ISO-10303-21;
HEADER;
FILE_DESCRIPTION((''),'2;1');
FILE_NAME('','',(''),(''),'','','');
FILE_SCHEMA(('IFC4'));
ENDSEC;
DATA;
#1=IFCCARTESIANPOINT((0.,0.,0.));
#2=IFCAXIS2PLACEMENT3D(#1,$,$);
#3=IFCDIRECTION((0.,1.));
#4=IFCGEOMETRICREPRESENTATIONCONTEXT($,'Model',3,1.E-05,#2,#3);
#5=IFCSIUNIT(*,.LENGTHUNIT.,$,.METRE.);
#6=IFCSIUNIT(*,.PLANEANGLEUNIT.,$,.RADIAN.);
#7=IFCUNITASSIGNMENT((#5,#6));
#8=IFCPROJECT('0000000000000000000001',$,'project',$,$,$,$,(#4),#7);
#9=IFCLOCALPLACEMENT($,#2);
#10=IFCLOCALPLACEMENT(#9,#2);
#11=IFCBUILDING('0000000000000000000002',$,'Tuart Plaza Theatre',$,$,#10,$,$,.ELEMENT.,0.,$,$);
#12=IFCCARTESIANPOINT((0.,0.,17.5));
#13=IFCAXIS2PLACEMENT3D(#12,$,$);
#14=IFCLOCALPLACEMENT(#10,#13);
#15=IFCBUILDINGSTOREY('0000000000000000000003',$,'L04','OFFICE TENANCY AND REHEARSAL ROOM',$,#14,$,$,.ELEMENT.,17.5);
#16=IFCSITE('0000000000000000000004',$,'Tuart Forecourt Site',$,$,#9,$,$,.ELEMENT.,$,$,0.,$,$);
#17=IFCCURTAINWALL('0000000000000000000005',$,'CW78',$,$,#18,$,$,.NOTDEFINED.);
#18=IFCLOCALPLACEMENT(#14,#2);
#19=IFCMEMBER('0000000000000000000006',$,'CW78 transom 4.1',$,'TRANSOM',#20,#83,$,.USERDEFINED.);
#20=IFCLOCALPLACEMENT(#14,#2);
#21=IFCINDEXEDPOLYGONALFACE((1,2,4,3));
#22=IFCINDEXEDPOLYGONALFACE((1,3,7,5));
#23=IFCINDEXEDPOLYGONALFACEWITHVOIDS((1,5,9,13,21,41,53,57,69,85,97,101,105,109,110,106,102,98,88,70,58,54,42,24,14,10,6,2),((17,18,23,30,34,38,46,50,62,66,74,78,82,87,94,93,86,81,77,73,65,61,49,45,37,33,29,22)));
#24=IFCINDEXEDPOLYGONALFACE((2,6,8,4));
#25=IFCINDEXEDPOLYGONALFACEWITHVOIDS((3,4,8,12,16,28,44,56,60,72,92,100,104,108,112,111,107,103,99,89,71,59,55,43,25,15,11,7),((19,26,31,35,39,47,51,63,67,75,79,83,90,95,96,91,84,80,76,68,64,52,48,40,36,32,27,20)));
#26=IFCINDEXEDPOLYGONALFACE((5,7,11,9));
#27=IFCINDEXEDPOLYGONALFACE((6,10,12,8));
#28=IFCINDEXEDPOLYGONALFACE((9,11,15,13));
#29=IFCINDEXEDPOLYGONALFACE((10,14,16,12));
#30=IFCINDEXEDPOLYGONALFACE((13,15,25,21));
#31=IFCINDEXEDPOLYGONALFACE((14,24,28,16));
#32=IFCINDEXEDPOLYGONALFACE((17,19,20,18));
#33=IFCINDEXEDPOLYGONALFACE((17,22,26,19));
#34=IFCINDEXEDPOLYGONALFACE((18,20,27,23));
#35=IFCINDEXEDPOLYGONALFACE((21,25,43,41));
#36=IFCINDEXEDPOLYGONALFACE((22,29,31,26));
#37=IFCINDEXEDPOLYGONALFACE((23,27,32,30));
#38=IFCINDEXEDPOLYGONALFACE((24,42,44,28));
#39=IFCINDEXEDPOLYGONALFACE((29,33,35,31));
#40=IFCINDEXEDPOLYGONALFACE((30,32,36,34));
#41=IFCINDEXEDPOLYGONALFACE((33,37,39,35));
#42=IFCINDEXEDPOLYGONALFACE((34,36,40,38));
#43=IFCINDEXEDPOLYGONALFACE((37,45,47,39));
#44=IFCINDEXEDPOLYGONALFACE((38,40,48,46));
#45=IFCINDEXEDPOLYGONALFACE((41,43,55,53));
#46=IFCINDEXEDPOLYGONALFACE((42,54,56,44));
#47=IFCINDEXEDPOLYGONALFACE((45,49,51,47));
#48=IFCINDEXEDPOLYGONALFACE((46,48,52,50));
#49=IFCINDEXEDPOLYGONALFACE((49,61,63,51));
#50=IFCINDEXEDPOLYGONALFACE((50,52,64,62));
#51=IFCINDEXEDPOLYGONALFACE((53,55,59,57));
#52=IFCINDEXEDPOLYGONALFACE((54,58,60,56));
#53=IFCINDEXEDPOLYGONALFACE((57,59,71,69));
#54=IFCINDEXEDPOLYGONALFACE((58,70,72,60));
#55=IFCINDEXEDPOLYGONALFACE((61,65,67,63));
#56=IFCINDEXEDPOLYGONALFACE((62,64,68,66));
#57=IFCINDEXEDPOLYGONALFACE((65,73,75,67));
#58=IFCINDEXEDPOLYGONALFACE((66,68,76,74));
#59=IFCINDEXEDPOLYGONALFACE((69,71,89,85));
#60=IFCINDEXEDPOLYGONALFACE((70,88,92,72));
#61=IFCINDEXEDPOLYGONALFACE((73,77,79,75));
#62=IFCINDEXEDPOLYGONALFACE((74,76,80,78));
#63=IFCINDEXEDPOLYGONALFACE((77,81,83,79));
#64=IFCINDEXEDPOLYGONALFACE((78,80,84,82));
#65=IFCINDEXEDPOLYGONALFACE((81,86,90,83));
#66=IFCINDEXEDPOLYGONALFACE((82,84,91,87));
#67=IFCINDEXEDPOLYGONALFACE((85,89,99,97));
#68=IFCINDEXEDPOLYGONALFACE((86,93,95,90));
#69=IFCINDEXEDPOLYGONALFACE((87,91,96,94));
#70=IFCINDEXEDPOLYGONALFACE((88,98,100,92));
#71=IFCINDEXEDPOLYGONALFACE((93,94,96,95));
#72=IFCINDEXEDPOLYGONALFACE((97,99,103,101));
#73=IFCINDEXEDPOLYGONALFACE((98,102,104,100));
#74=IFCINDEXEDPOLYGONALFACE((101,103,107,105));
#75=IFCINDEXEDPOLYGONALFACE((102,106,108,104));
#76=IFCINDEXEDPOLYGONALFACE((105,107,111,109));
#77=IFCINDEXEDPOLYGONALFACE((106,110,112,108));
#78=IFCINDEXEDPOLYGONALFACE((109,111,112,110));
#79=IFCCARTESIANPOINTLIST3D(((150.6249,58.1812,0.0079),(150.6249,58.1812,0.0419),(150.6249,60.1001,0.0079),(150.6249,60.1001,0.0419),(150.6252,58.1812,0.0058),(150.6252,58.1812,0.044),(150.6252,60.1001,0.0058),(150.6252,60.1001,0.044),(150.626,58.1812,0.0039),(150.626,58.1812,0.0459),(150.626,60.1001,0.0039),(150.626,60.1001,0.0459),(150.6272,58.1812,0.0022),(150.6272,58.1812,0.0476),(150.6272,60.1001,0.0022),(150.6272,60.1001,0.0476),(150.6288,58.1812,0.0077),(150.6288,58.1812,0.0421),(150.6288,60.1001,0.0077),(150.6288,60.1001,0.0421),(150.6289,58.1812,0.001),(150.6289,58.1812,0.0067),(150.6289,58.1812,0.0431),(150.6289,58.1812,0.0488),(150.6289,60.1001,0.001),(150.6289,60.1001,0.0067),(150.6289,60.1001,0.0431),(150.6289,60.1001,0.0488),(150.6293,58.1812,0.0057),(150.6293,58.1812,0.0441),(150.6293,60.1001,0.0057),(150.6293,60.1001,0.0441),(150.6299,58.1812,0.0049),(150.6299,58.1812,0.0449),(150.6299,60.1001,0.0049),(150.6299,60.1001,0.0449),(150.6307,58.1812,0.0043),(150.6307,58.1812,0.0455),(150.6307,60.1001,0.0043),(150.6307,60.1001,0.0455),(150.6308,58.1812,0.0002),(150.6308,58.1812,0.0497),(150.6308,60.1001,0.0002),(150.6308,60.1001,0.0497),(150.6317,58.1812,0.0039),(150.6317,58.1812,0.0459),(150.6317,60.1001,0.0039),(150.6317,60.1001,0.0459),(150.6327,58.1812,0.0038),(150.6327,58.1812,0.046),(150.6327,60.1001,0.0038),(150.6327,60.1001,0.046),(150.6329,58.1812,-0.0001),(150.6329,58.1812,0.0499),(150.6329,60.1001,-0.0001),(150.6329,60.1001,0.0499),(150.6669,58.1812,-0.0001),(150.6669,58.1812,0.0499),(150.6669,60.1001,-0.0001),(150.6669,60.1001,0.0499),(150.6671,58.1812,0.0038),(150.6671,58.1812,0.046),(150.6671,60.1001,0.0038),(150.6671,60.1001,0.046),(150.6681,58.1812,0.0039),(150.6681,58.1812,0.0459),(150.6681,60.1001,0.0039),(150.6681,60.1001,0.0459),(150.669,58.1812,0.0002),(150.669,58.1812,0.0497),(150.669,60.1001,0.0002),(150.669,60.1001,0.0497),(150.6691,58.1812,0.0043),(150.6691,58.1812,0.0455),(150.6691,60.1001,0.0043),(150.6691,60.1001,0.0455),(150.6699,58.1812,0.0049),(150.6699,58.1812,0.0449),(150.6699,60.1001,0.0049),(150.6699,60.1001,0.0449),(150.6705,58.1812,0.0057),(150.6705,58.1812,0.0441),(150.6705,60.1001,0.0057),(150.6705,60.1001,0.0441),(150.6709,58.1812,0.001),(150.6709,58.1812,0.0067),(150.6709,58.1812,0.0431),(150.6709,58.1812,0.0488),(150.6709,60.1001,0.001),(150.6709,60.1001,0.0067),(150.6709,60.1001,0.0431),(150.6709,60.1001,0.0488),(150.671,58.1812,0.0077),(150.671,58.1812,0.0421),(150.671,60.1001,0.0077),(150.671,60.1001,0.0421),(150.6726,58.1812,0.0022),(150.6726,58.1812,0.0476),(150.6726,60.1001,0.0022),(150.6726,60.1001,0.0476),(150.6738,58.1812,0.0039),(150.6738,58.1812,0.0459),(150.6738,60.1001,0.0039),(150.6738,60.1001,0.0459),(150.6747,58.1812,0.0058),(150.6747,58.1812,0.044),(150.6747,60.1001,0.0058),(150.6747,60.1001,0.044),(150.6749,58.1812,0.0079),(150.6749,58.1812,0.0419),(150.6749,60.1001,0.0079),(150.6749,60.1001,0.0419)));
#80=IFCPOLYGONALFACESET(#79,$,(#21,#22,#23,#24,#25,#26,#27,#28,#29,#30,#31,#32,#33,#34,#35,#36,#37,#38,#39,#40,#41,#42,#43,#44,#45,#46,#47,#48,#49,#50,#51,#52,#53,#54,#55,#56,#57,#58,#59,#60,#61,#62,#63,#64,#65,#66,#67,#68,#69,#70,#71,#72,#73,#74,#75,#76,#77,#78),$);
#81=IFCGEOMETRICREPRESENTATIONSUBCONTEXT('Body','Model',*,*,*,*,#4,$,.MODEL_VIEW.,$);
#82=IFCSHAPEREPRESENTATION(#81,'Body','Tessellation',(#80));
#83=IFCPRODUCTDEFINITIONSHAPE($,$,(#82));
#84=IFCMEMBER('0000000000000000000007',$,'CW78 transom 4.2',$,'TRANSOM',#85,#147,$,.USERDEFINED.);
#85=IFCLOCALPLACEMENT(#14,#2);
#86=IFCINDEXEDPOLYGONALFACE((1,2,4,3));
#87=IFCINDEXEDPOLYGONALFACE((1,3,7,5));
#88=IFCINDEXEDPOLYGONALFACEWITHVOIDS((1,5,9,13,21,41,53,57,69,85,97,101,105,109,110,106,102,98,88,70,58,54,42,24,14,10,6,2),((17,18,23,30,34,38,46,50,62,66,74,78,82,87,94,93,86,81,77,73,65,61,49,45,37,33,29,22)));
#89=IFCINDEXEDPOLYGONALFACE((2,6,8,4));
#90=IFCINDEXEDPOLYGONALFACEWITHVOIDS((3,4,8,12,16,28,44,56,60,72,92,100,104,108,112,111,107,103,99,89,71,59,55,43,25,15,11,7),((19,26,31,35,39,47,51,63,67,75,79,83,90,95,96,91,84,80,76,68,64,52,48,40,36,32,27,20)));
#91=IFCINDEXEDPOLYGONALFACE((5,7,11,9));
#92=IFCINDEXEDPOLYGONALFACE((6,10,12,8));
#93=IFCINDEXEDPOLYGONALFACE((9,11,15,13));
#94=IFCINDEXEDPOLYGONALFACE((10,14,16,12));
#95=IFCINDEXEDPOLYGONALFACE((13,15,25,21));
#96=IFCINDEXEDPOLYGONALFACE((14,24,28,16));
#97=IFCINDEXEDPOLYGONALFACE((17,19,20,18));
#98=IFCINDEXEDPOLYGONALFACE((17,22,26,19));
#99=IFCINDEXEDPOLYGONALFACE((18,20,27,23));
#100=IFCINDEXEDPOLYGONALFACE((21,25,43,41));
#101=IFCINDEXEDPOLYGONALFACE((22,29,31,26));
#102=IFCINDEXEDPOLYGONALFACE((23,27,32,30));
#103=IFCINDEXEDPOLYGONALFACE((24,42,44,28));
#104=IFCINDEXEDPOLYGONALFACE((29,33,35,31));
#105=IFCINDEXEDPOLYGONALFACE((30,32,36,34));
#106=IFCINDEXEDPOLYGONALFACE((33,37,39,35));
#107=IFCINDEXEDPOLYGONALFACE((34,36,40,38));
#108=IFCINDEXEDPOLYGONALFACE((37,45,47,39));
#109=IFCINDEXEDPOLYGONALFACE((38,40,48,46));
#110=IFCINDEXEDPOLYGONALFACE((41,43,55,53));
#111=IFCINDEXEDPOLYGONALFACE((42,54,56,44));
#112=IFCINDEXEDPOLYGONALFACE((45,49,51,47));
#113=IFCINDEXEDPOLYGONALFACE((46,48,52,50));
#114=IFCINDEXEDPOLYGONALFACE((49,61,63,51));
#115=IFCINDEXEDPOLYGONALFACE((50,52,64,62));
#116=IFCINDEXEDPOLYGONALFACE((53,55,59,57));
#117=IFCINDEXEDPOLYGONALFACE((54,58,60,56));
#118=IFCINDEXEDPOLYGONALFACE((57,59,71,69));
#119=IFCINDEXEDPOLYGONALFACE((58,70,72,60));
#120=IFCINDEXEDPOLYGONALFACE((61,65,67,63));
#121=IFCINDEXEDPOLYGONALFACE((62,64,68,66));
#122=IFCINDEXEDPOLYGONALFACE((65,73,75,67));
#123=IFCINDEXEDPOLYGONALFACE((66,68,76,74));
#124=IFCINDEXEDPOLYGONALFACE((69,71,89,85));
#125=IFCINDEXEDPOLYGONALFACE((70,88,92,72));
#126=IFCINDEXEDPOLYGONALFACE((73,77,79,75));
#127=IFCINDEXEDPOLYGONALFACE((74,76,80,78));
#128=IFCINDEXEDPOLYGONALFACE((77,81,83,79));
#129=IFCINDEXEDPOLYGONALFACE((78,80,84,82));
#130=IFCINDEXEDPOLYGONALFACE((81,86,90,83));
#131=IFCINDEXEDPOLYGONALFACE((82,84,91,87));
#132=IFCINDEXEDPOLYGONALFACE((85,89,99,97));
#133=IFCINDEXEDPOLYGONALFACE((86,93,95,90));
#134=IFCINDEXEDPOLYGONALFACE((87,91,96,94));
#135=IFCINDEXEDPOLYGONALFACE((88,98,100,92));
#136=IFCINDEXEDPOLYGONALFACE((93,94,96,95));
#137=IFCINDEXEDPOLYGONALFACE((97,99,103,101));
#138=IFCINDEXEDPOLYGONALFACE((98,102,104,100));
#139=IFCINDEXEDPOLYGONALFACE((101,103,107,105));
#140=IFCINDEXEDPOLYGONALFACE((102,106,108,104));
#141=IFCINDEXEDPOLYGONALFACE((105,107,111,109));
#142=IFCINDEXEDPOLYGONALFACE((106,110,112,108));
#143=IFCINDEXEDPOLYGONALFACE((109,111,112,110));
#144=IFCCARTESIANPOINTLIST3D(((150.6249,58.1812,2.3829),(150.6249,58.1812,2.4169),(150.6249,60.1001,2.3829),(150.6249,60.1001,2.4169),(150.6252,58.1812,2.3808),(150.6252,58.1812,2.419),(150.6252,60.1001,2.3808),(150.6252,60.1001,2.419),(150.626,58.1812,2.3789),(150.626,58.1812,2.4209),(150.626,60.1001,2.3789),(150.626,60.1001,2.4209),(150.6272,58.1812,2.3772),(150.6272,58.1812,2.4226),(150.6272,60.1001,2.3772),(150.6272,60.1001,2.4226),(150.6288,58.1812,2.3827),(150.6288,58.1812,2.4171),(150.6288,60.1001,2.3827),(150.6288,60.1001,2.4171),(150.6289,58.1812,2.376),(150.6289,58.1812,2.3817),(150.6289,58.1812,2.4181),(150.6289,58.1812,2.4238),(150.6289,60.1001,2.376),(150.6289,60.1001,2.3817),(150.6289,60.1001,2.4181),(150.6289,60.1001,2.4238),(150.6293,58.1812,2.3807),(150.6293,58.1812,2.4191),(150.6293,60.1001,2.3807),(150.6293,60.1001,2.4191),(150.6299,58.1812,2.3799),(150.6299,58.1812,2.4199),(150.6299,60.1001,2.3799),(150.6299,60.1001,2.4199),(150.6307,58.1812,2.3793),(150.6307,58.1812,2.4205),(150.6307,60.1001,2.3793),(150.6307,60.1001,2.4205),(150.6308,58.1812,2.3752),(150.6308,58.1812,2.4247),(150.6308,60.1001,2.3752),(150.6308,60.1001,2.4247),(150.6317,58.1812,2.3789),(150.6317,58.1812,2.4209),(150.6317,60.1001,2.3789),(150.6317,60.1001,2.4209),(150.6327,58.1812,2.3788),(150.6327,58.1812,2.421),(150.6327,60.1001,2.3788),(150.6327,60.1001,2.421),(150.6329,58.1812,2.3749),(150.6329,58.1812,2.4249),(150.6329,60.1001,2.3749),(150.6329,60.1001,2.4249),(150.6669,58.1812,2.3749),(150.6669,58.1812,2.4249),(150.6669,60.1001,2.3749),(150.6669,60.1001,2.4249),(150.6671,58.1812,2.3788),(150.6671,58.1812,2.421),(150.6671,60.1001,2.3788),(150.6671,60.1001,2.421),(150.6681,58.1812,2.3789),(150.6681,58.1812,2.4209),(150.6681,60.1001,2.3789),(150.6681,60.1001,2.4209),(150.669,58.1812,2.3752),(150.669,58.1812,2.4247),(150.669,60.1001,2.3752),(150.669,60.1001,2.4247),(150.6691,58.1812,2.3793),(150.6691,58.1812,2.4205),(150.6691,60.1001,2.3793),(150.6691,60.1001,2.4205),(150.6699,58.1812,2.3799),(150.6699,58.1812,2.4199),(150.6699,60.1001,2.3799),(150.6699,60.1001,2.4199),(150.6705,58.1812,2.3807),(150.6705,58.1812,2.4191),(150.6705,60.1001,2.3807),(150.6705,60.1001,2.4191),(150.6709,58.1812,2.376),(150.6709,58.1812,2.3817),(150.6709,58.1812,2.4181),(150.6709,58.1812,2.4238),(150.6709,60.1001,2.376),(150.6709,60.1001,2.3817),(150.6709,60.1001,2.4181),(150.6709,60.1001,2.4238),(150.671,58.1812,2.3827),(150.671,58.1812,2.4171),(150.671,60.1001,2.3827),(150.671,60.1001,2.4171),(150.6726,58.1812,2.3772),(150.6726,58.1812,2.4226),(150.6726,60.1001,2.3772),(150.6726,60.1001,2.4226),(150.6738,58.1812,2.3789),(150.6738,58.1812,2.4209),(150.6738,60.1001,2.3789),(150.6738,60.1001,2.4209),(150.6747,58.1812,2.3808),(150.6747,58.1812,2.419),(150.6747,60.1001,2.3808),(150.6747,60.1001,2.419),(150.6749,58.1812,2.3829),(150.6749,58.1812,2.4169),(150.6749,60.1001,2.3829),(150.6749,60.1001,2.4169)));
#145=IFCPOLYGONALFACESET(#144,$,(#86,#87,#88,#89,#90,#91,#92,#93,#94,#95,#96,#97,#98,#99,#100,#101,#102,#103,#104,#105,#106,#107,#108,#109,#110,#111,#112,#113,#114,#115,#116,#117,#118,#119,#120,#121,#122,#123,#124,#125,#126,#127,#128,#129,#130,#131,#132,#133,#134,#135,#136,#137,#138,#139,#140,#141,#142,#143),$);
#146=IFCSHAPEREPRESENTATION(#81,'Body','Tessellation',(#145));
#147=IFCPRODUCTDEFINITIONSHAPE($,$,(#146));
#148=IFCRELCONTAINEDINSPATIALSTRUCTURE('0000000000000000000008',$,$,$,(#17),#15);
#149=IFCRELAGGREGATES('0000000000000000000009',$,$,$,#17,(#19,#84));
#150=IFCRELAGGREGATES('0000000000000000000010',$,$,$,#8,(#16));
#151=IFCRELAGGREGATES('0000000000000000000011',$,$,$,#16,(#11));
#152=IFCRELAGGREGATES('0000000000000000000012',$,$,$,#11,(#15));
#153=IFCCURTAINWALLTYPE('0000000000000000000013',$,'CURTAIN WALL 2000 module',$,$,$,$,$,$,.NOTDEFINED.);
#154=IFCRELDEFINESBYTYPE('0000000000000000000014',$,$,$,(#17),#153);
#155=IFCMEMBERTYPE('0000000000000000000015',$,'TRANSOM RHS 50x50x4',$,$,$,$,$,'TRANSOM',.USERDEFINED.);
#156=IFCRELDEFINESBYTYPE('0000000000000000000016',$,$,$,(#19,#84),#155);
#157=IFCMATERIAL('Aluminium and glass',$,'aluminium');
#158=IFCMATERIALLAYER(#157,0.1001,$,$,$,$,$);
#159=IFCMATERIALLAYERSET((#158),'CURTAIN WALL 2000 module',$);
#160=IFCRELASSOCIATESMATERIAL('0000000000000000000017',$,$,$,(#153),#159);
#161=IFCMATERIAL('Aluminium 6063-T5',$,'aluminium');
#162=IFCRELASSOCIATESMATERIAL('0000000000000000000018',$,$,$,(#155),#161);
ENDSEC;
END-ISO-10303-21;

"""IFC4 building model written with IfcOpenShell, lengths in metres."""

from ifc_helpers import new_model, si_unit, direction, frame, origin, origin_2d, place, context, subcontext, project, spatial, hollow_rectangle, extrude, material, layer, layer_set, material_profile, profile_set, type_object, element, aggregate, save


model = new_model("IFC4")

# Units and contexts
model_context = context("Model", 3, precision=1e-05, world=origin(), true_north=direction((0.0, 1.0)))
body_context = subcontext(model_context, "Body", "Model", "MODEL_VIEW")
ifc_project = project(units=[si_unit("LENGTHUNIT", "METRE"), si_unit("PLANEANGLEUNIT", "RADIAN")], contexts=[model_context])

# Site, building, storey
site_placement = place(None, origin())
site = spatial("IfcSite", under=ifc_project, at=site_placement, Name="Tuart Forecourt Site", CompositionType="ELEMENT", RefElevation=0.0)
building_placement = place(site_placement, origin())
building = spatial("IfcBuilding", under=site, at=building_placement, Name="Tuart Plaza Theatre", CompositionType="ELEMENT", ElevationOfRefHeight=0.0)
storey_placement = place(building_placement, frame((0.0, 0.0, 17.5)))
storey = spatial("IfcBuildingStorey", under=building, at=storey_placement, Name="L04", Description="OFFICE TENANCY AND REHEARSAL ROOM", CompositionType="ELEMENT", Elevation=17.5)

# Curtain wall
ifc_material_1 = material(Name="Aluminium and glass", Category="aluminium")
ifc_layer_1 = layer(ifc_material_1, 0.1001)
ifc_layer_set_1 = layer_set([ifc_layer_1], Name="CURTAIN WALL 2000 module")
curtain_wall_type = type_object("IfcCurtainWallType", Name="CURTAIN WALL 2000 module", PredefinedType="NOTDEFINED", material=ifc_layer_set_1)
curtain_wall_1_placement = place(storey_placement, origin())
curtain_wall_1 = element("IfcCurtainWall", 1, at=curtain_wall_1_placement, inside=storey, type_object=curtain_wall_type, Name="CW78", PredefinedType="NOTDEFINED")

# Members
ifc_material_2 = material(Name="Aluminium 6063-T5", Category="aluminium")
ifc_material_profile_1 = material_profile(ifc_material_2, hollow_rectangle(XDim=0.05, YDim=0.05, WallThickness=0.0039, InnerFilletRadius=0.0039, OuterFilletRadius=0.0081, at=origin_2d()), Name="RHS 50x50x4")
ifc_profile_set_1 = profile_set([ifc_material_profile_1], Name="Aluminium 6063-T5")
member_type_1 = type_object("IfcMemberType", Name="TRANSOM RHS 50x50x4", ElementType="TRANSOM", PredefinedType="USERDEFINED", material=ifc_profile_set_1)
member_1_placement = place(storey_placement, frame((150.6499, 58.1812, 0.0249), z_axis=(0.0, 1.0, 0.0), x_axis=(-1.0, 0.0, 0.0)))
member_1 = element("IfcMember", 2, at=member_1_placement, type_object=member_type_1, Name="CW78 transom 4.1", ObjectType="TRANSOM", PredefinedType="USERDEFINED", context=body_context, shape_type="SweptSolid", body=[
    extrude(hollow_rectangle(XDim=0.05, YDim=0.05, WallThickness=0.0039, InnerFilletRadius=0.0039, OuterFilletRadius=0.0081, at=origin_2d()), origin(), (0.0, 0.0, 1.0), 1.9189),
])
member_2_placement = place(storey_placement, frame((150.6499, 58.1812, 2.3999), z_axis=(0.0, 1.0, 0.0), x_axis=(-1.0, 0.0, 0.0)))
member_2 = element("IfcMember", 3, at=member_2_placement, type_object=member_type_1, Name="CW78 transom 4.2", ObjectType="TRANSOM", PredefinedType="USERDEFINED", context=body_context, shape_type="SweptSolid", body=[
    extrude(hollow_rectangle(XDim=0.05, YDim=0.05, WallThickness=0.0039, InnerFilletRadius=0.0039, OuterFilletRadius=0.0081, at=origin_2d()), origin(), (0.0, 0.0, 1.0), 1.9189),
])

aggregate(curtain_wall_1, [member_1, member_2])

save(model, "model.ifc")
